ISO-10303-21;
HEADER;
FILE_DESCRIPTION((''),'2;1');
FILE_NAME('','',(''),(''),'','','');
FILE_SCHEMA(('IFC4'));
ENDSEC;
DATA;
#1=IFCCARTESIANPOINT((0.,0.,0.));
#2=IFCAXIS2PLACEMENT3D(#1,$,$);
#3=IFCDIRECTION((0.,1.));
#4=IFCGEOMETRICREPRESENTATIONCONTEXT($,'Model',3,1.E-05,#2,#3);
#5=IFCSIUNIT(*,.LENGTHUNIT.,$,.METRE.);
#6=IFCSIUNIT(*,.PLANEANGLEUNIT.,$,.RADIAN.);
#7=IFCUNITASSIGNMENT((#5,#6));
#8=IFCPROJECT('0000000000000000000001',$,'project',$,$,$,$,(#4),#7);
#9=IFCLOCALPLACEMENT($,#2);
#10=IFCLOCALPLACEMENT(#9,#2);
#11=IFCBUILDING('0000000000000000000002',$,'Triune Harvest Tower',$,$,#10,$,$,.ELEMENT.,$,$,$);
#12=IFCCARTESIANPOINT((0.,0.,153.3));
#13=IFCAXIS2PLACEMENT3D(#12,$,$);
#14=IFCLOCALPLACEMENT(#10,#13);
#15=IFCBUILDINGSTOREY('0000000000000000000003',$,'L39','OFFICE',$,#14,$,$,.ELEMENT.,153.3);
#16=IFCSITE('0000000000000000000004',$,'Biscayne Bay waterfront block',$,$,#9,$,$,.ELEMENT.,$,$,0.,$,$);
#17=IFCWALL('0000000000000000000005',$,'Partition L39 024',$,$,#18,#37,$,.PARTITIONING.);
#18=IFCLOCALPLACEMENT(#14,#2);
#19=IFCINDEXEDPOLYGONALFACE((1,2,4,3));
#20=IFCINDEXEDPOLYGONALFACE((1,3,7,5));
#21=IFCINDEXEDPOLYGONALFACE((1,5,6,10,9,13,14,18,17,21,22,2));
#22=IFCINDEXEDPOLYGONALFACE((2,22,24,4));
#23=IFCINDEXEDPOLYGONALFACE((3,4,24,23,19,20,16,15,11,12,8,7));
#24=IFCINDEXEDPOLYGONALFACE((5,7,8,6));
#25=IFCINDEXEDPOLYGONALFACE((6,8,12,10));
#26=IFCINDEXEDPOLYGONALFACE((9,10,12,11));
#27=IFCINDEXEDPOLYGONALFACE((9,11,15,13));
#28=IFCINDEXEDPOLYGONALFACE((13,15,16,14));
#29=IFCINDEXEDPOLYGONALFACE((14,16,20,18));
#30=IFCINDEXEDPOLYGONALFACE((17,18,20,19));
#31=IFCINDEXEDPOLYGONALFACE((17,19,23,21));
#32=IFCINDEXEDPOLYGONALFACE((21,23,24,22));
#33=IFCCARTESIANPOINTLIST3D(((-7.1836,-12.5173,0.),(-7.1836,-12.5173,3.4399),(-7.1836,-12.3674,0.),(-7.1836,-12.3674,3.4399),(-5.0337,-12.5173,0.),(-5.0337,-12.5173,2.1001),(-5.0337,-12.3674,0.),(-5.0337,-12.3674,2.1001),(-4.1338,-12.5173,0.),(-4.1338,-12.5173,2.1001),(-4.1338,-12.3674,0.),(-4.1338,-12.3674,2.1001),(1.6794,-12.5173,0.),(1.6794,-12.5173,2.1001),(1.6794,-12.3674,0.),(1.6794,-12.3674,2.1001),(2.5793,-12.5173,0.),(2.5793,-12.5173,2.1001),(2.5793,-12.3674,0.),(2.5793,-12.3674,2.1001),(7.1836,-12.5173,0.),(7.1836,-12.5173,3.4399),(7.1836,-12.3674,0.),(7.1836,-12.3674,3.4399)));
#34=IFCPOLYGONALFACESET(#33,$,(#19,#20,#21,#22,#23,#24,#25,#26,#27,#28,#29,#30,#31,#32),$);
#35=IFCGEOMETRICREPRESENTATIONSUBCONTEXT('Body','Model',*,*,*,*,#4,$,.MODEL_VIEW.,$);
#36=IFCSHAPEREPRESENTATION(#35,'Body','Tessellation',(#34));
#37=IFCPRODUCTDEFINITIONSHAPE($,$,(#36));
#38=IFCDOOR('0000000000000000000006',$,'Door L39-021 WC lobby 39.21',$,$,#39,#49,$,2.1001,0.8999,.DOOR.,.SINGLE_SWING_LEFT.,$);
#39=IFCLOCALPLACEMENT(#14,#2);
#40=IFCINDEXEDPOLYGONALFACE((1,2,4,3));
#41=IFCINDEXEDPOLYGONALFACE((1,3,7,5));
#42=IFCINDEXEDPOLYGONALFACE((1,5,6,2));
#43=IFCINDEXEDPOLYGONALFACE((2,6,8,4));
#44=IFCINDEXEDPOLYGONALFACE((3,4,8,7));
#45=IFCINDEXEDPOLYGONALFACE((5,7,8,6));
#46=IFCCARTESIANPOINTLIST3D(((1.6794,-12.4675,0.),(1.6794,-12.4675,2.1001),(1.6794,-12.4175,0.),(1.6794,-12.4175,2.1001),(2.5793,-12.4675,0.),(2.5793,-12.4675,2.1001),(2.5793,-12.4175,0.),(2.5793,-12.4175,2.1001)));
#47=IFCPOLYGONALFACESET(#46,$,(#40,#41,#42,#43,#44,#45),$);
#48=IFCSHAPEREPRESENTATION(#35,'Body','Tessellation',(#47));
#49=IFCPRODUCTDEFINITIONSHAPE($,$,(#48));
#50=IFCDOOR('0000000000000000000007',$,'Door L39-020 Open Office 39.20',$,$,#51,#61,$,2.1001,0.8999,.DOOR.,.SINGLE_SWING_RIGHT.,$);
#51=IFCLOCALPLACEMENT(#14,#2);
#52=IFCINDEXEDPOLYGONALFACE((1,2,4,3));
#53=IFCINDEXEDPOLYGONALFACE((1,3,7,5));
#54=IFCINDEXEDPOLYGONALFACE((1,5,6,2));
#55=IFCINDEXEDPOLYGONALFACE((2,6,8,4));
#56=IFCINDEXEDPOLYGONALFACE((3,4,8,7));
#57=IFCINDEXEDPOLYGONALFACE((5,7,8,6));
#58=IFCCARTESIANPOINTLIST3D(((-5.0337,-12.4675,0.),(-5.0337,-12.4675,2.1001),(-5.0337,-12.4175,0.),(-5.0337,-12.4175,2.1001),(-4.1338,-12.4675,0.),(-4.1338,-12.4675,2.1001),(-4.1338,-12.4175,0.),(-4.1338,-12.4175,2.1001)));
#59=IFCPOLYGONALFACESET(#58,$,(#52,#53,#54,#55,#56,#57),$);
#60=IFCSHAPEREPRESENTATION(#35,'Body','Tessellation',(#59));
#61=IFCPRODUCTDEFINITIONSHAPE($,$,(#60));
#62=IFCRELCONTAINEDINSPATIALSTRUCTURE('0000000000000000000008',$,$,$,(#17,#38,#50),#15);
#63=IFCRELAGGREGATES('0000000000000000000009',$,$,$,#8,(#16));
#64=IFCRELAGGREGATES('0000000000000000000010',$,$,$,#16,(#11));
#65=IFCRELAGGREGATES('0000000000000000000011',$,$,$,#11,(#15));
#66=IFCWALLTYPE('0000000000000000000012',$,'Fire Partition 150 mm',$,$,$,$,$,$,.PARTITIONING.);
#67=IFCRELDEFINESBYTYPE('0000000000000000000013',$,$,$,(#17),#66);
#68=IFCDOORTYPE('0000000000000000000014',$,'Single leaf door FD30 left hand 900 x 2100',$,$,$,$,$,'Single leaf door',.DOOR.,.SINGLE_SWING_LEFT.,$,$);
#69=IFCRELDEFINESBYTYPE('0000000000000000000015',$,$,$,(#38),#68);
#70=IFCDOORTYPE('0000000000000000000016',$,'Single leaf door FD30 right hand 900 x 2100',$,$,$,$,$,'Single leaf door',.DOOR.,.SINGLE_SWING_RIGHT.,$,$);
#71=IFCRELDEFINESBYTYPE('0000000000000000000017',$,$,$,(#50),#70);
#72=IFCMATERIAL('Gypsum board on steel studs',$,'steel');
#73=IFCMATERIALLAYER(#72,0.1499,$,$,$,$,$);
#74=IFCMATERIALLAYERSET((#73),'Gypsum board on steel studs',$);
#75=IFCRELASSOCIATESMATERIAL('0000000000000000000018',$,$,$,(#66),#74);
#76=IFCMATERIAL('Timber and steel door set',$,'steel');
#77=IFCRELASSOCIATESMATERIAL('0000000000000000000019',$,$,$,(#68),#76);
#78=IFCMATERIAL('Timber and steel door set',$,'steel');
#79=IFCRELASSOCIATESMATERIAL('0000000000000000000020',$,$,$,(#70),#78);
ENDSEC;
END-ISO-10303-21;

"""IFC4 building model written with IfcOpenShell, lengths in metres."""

from ifc_helpers import new_model, si_unit, direction, frame, frame_2d, origin, place, context, subcontext, project, spatial, rectangle, extrude, source, transform, mapped, material, layer, layer_set, type_object, element, fill, save


model = new_model("IFC4")

# Units and contexts
model_context = context("Model", 3, precision=1e-05, world=origin(), true_north=direction((0.0, 1.0)))
body_context = subcontext(model_context, "Body", "Model", "MODEL_VIEW")
ifc_project = project(units=[si_unit("LENGTHUNIT", "METRE"), si_unit("PLANEANGLEUNIT", "RADIAN")], contexts=[model_context])

# Site, building, storey
site_placement = place(None, origin())
site = spatial("IfcSite", under=ifc_project, at=site_placement, Name="Biscayne Bay waterfront block", CompositionType="ELEMENT", RefElevation=0.0)
building_placement = place(site_placement, origin())
building = spatial("IfcBuilding", under=site, at=building_placement, Name="Triune Harvest Tower", CompositionType="ELEMENT")
storey_placement = place(building_placement, frame((0.0, 0.0, 153.3)))
storey = spatial("IfcBuildingStorey", under=building, at=storey_placement, Name="L39", Description="OFFICE", CompositionType="ELEMENT", Elevation=153.3)

# Shared definitions
ifc_material_1 = material(Name="Gypsum board on steel studs", Category="steel")
ifc_layer_1 = layer(ifc_material_1, 0.1499)
ifc_layer_set_1 = layer_set([ifc_layer_1], Name="Gypsum board on steel studs")
wall_type_1 = type_object("IfcWallType", Name="Fire Partition 150 mm", PredefinedType="PARTITIONING", material=ifc_layer_set_1)
ifc_material_2 = material(Name="Timber and steel door set", Category="steel")
door_type_1 = type_object("IfcDoorType", Name="Single leaf door FD30 left hand 900 x 2100", ElementType="Single leaf door", OperationType="SINGLE_SWING_LEFT", PredefinedType="DOOR", material=ifc_material_2)
ifc_material_3 = material(Name="Timber and steel door set", Category="steel")
door_type_2 = type_object("IfcDoorType", Name="Single leaf door FD30 right hand 900 x 2100", ElementType="Single leaf door", OperationType="SINGLE_SWING_RIGHT", PredefinedType="DOOR", material=ifc_material_3)

# Wall, openings, doors
shared_shape_1 = source(origin(), body_context, "Body", "SweptSolid", [
    extrude(rectangle(XDim=14.3672, YDim=0.1499, at=frame_2d((7.1836, 0.0))), origin(), (0.0, 0.0, 1.0), 3.4399),
])
wall_1_placement = place(storey_placement, frame((-7.1836, -12.4424, 0.0), z_axis=(0.0, 0.0, 1.0), x_axis=(1.0, 0.0, 0.0)))
wall_1 = element("IfcWall", 1, at=wall_1_placement, inside=storey, type_object=wall_type_1, Name="Partition L39 024", PredefinedType="PARTITIONING", context=body_context, shape_type="MappedRepresentation", body=[
    mapped(shared_shape_1, transform((0.0, 0.0, 0.0), scale=1.0)),
])
opening_1_placement = place(wall_1_placement, frame((2.1499, 0.0, 0.0)))
opening_1 = element("IfcOpeningElement", 2, at=opening_1_placement, cuts=wall_1, PredefinedType="OPENING", context=body_context, shape_type="SweptSolid", body=[
    extrude(rectangle(XDim=0.8999, YDim=2.1001, at=frame_2d((0.45, 1.05))), frame((0.0, 0.085, 0.0), z_axis=(0.0, -1.0, 0.0), x_axis=(1.0, 0.0, 0.0)), (0.0, 0.0, 1.0), 0.1699),
])
opening_2_placement = place(wall_1_placement, frame((8.863, 0.0, 0.0)))
opening_2 = element("IfcOpeningElement", 3, at=opening_2_placement, cuts=wall_1, PredefinedType="OPENING", context=body_context, shape_type="SweptSolid", body=[
    extrude(rectangle(XDim=0.8999, YDim=2.1001, at=frame_2d((0.45, 1.05))), frame((0.0, 0.085, 0.0), z_axis=(0.0, -1.0, 0.0), x_axis=(1.0, 0.0, 0.0)), (0.0, 0.0, 1.0), 0.1699),
])
door_1_placement = place(opening_2_placement, origin())
door_1 = element("IfcDoor", 4, at=door_1_placement, inside=storey, type_object=door_type_1, Name="Door L39-021 WC lobby 39.21", OperationType="SINGLE_SWING_LEFT", OverallHeight=2.1001, OverallWidth=0.8999, PredefinedType="DOOR", context=body_context, shape_type="SweptSolid", body=[
    extrude(rectangle(XDim=0.8999, YDim=2.1001, at=frame_2d((0.45, 1.05))), frame((0.0, 0.0249, 0.0), z_axis=(0.0, -1.0, 0.0), x_axis=(1.0, 0.0, 0.0)), (0.0, 0.0, 1.0), 0.05),
])
fill(opening_2, door_1)
door_2_placement = place(opening_1_placement, origin())
door_2 = element("IfcDoor", 5, at=door_2_placement, inside=storey, type_object=door_type_2, Name="Door L39-020 Open Office 39.20", OperationType="SINGLE_SWING_RIGHT", OverallHeight=2.1001, OverallWidth=0.8999, PredefinedType="DOOR", context=body_context, shape_type="SweptSolid", body=[
    extrude(rectangle(XDim=0.8999, YDim=2.1001, at=frame_2d((0.45, 1.05))), frame((0.0, 0.0249, 0.0), z_axis=(0.0, -1.0, 0.0), x_axis=(1.0, 0.0, 0.0)), (0.0, 0.0, 1.0), 0.05),
])
fill(opening_1, door_2)

save(model, "model.ifc")
